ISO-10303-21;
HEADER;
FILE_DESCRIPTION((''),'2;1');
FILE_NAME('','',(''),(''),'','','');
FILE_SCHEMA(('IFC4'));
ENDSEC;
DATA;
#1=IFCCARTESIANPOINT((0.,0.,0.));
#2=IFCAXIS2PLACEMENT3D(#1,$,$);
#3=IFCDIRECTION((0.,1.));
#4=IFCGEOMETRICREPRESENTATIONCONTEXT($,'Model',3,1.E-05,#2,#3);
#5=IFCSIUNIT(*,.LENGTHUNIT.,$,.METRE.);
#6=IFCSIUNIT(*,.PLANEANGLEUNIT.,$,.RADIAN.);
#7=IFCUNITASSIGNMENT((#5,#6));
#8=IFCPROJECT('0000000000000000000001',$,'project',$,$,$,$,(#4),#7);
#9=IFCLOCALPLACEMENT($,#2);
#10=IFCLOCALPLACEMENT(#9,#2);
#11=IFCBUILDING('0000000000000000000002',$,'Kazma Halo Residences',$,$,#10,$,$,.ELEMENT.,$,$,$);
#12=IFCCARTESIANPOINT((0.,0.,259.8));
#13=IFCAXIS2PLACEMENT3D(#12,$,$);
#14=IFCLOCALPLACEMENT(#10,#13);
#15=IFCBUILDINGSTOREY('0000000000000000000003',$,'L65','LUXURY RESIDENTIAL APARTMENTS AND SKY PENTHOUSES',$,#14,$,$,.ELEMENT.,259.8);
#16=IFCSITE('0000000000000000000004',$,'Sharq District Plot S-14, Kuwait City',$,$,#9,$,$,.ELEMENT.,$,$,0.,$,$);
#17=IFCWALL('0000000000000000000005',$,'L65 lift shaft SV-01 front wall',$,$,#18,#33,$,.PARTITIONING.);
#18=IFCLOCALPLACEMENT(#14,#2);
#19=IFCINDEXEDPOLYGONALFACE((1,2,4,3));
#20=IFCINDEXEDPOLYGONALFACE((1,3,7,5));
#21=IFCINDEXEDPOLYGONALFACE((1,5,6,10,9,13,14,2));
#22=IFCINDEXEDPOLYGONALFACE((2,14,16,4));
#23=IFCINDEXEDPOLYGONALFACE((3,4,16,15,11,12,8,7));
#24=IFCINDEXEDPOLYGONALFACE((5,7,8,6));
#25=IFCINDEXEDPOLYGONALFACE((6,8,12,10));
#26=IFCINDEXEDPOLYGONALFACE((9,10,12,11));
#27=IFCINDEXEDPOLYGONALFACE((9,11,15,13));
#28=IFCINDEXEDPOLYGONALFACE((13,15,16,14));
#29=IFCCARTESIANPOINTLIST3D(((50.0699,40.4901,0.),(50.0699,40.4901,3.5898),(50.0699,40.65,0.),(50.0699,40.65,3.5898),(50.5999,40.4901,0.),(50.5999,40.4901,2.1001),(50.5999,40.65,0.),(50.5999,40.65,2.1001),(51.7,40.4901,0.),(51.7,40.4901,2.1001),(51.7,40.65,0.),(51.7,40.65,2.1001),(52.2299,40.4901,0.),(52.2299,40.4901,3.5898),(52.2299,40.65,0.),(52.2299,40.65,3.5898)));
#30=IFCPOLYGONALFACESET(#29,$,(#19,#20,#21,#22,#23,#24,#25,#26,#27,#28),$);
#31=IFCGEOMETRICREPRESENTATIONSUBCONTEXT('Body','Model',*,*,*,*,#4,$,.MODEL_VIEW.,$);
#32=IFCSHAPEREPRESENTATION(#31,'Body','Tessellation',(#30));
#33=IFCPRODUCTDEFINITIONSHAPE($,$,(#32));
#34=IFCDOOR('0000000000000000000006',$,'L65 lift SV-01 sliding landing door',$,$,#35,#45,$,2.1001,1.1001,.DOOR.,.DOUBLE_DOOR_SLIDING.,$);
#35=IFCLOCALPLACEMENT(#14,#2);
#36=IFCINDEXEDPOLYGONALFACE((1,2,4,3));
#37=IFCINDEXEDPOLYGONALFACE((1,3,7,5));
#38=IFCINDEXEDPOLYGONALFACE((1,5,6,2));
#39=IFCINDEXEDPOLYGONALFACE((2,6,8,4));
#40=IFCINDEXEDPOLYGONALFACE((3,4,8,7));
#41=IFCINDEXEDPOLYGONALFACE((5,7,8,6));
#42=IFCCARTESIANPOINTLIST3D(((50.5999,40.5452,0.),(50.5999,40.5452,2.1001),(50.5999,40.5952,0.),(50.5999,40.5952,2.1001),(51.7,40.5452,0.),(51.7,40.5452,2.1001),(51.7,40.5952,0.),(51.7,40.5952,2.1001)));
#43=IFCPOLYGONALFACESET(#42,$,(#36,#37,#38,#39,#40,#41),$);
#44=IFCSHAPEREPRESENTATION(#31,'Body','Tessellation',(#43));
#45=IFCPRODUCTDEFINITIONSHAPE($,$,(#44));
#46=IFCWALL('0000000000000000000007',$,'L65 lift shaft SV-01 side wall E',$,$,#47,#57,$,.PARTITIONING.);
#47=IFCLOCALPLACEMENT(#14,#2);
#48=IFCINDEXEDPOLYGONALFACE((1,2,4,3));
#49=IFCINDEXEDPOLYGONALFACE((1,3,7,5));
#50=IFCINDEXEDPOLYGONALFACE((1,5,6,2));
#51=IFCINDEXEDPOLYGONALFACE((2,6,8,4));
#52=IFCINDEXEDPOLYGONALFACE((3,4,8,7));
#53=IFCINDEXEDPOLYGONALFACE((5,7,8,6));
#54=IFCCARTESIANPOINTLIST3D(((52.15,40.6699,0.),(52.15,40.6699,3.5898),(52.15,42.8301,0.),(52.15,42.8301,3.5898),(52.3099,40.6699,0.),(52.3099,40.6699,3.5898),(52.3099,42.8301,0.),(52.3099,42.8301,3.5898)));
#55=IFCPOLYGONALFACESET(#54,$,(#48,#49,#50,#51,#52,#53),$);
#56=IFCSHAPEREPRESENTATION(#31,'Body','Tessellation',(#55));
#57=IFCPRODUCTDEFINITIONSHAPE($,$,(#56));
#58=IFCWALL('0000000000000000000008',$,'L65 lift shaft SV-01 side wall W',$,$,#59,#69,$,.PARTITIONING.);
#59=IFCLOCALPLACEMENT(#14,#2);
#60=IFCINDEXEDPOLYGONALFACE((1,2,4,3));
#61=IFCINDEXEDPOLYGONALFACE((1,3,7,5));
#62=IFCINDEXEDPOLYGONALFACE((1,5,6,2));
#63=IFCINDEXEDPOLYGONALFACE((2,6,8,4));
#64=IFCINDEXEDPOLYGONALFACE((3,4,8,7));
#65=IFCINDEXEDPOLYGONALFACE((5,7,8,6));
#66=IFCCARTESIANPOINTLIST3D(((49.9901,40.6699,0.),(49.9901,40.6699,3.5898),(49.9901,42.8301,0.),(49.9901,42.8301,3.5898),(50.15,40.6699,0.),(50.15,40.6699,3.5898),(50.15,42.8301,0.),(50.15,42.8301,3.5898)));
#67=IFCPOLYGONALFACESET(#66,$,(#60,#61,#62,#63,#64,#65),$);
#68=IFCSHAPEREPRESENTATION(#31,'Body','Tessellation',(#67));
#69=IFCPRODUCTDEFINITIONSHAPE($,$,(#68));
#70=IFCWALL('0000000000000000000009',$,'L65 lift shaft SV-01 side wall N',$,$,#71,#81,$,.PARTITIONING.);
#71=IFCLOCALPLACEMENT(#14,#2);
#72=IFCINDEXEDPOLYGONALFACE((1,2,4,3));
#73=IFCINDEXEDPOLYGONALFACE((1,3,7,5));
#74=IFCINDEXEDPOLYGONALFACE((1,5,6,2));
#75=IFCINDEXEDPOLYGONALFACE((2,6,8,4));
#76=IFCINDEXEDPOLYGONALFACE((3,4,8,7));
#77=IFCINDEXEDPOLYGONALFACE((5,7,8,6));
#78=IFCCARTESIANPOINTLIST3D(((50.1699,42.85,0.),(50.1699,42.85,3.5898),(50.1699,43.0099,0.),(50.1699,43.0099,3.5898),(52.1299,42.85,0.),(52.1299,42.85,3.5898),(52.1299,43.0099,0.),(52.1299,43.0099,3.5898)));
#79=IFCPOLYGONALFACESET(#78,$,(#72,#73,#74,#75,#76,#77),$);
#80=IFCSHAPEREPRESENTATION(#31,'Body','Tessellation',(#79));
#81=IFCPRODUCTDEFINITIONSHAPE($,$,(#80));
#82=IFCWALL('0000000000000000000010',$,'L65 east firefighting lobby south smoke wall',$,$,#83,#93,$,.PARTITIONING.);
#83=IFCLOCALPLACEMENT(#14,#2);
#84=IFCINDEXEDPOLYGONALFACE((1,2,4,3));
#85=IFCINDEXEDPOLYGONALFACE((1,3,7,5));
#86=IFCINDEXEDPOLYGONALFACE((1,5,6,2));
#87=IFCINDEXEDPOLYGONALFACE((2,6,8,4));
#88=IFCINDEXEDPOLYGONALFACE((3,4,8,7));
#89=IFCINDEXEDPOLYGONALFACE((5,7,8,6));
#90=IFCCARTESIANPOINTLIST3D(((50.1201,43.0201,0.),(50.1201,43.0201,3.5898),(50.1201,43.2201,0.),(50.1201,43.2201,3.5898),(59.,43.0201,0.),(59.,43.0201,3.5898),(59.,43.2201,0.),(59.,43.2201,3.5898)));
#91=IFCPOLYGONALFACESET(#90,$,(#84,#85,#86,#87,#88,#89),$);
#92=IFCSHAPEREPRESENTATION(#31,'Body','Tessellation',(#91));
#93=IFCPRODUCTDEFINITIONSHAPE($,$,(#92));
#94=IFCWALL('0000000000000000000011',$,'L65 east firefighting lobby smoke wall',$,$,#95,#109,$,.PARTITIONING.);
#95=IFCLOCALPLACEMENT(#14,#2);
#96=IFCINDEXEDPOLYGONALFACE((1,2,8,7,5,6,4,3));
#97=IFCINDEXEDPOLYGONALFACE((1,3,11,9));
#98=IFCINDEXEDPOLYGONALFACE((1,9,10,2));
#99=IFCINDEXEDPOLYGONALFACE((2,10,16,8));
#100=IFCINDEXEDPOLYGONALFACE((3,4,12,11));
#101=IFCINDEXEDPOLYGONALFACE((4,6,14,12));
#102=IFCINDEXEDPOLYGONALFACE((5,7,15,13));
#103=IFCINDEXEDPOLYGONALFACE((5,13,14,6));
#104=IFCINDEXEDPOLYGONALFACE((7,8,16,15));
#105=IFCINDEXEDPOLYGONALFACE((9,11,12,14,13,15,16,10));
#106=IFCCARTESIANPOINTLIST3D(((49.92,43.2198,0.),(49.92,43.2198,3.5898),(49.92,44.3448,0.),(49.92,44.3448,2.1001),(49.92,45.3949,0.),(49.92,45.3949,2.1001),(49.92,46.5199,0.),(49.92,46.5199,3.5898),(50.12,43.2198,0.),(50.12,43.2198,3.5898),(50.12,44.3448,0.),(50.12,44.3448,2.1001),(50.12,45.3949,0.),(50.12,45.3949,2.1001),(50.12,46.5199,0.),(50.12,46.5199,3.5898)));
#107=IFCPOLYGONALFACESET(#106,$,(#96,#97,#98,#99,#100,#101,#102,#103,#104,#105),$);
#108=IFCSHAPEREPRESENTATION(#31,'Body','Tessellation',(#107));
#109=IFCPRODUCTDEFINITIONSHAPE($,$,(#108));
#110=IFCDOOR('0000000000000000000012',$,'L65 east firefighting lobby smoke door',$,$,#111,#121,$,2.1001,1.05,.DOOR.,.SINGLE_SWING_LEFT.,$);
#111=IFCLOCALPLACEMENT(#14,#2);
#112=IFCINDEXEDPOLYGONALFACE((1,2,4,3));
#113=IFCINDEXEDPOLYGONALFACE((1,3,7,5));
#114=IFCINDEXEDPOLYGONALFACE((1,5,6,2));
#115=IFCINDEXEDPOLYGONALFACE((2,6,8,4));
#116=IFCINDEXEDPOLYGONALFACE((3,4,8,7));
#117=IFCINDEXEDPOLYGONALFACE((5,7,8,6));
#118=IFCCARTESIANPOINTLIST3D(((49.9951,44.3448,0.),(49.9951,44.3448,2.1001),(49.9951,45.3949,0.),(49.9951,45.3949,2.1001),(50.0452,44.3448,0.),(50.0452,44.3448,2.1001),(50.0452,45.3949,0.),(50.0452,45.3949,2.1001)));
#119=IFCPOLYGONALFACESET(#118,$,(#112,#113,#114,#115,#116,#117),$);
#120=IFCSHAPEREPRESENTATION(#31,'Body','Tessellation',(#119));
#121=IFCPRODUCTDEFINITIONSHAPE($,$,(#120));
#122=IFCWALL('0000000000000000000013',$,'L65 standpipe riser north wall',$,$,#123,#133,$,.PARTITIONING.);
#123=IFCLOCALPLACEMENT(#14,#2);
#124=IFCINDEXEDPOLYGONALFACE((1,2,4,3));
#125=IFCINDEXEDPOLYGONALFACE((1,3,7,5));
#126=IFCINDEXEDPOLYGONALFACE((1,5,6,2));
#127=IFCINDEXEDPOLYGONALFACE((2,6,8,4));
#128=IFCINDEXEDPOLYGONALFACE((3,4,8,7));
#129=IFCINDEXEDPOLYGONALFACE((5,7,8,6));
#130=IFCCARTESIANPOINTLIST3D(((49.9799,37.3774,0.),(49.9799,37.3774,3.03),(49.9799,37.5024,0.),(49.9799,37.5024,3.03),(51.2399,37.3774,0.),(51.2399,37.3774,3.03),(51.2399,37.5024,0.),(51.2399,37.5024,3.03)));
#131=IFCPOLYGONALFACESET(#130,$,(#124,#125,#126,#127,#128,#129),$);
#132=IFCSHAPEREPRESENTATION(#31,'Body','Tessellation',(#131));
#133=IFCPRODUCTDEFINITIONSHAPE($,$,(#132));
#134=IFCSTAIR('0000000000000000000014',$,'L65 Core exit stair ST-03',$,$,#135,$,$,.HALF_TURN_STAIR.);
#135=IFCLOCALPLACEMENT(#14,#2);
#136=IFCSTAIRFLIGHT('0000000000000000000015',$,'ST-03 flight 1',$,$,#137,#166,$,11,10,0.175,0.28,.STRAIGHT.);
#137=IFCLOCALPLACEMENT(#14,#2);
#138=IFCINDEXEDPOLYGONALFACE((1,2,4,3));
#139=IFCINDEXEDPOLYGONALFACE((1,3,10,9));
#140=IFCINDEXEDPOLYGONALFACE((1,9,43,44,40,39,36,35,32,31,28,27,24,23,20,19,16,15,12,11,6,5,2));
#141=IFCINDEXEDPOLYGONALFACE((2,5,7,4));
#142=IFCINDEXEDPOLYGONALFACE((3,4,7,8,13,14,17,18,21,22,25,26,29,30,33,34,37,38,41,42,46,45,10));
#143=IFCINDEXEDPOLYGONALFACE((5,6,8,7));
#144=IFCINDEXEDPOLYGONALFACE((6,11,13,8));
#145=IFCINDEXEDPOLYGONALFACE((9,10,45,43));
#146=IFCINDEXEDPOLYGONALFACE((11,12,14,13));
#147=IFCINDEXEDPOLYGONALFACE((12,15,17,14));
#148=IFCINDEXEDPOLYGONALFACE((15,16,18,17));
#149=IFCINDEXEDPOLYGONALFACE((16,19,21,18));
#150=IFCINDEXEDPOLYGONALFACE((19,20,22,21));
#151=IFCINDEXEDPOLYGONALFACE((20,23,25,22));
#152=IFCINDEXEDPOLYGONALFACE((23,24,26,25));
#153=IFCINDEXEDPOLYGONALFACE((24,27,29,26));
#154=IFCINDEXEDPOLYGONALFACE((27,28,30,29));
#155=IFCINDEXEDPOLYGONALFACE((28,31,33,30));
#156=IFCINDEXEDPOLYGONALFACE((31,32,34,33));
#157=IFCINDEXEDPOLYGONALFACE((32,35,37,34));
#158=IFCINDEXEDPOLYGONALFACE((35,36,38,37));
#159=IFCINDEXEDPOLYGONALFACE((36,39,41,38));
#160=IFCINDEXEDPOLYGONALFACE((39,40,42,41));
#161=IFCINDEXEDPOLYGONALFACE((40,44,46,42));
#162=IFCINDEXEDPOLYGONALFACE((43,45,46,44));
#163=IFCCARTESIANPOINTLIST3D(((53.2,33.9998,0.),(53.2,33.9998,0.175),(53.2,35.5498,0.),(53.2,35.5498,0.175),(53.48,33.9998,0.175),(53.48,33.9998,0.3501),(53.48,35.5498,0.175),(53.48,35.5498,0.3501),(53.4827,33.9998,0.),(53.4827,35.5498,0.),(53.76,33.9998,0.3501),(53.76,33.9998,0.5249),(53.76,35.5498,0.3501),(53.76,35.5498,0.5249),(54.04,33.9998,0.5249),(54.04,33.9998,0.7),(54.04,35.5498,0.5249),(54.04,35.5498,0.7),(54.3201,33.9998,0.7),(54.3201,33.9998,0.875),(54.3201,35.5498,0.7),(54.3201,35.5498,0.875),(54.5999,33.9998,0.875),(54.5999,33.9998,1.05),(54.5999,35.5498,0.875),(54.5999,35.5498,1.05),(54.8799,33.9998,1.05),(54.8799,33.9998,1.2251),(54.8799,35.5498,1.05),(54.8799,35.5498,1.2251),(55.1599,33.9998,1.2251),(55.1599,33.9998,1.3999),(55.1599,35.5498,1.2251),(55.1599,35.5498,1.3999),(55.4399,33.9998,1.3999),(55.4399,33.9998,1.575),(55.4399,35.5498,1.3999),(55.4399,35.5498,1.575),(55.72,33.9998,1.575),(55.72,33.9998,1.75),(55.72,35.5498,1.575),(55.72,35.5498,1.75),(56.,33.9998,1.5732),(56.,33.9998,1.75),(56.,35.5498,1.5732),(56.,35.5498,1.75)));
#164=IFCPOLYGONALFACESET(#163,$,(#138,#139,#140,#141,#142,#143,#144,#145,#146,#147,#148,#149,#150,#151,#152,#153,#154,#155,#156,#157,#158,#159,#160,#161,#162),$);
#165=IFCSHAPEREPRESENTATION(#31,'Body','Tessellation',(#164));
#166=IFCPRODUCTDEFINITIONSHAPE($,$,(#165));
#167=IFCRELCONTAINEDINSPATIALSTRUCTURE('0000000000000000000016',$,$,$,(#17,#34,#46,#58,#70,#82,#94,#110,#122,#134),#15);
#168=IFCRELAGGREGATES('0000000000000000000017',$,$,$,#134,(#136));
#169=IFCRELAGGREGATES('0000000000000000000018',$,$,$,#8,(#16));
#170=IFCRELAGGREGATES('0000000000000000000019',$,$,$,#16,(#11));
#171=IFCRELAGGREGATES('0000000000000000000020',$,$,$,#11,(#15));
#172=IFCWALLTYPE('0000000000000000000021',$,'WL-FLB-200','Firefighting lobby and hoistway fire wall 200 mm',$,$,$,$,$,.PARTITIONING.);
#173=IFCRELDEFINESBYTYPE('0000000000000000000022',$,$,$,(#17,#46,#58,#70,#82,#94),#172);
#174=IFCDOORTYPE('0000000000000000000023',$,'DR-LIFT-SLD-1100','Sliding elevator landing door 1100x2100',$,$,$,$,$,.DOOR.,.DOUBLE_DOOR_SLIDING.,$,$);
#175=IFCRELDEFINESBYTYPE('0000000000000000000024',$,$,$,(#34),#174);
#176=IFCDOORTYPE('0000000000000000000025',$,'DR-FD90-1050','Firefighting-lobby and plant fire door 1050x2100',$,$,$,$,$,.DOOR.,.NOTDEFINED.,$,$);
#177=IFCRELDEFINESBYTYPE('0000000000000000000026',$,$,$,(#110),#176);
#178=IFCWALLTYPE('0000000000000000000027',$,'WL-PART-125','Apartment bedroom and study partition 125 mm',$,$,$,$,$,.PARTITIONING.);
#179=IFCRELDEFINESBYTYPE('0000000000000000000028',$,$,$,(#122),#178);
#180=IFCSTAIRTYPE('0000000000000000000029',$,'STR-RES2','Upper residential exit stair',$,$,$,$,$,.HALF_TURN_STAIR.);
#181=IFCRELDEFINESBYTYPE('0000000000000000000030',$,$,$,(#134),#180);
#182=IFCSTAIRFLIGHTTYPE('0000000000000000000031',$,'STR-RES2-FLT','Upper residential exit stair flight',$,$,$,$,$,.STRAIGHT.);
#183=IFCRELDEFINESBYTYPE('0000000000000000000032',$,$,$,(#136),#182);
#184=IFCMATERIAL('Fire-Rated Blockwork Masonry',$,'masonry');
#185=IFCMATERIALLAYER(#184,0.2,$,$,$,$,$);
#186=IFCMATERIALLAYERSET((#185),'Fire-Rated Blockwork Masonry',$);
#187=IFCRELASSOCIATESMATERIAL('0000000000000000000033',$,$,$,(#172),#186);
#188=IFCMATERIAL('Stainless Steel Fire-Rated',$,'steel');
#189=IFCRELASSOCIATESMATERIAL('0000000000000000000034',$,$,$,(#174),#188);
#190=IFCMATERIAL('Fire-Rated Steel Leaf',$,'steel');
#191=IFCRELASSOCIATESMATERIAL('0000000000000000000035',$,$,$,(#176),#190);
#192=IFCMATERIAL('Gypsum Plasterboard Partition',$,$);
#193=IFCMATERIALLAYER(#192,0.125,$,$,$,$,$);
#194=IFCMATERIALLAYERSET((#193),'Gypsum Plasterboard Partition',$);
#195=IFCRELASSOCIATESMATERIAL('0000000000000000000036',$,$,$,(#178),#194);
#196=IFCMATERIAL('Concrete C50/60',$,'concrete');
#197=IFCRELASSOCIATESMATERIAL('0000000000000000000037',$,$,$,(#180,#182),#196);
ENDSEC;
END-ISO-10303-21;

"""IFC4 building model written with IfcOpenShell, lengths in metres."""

from ifc_helpers import new_model, si_unit, direction, frame, frame_2d, origin, place, context, subcontext, project, spatial, polyline, rectangle, outline, extrude, material, layer, layer_set, type_object, element, fill, aggregate, save


model = new_model("IFC4")

# Units and contexts
model_context = context("Model", 3, precision=1e-05, world=origin(), true_north=direction((0.0, 1.0)))
body_context = subcontext(model_context, "Body", "Model", "MODEL_VIEW")
ifc_project = project(units=[si_unit("LENGTHUNIT", "METRE"), si_unit("PLANEANGLEUNIT", "RADIAN")], contexts=[model_context])

# Site, building, storey
site_placement = place(None, origin())
site = spatial("IfcSite", under=ifc_project, at=site_placement, Name="Sharq District Plot S-14, Kuwait City", CompositionType="ELEMENT", RefElevation=0.0)
building_placement = place(site_placement, origin())
building = spatial("IfcBuilding", under=site, at=building_placement, Name="Kazma Halo Residences", CompositionType="ELEMENT")
storey_placement = place(building_placement, frame((0.0, 0.0, 259.8)))
storey = spatial("IfcBuildingStorey", under=building, at=storey_placement, Name="L65", Description="LUXURY RESIDENTIAL APARTMENTS AND SKY PENTHOUSES", CompositionType="ELEMENT", Elevation=259.8)

# Shared definitions
ifc_material_1 = material(Name="Fire-Rated Blockwork Masonry", Category="masonry")
ifc_layer_1 = layer(ifc_material_1, 0.2)
ifc_layer_set_1 = layer_set([ifc_layer_1], Name="Fire-Rated Blockwork Masonry")
wall_type_1 = type_object("IfcWallType", Name="WL-FLB-200", Description="Firefighting lobby and hoistway fire wall 200 mm", PredefinedType="PARTITIONING", material=ifc_layer_set_1)
ifc_material_2 = material(Name="Stainless Steel Fire-Rated", Category="steel")
door_type_1 = type_object("IfcDoorType", Name="DR-LIFT-SLD-1100", Description="Sliding elevator landing door 1100x2100", OperationType="DOUBLE_DOOR_SLIDING", PredefinedType="DOOR", material=ifc_material_2)

# Wall, opening, door
wall_1_placement = place(storey_placement, frame((52.23, 40.5701, 0.0), z_axis=(0.0, 0.0, 1.0), x_axis=(-1.0, 0.0, 0.0)))
wall_1 = element("IfcWall", 1, at=wall_1_placement, inside=storey, type_object=wall_type_1, Name="L65 lift shaft SV-01 front wall", PredefinedType="PARTITIONING", context=body_context, shape_type="SweptSolid", body=[
    extrude(rectangle(XDim=2.1599, YDim=0.1599, at=frame_2d((1.0801, 0.0))), origin(), (0.0, 0.0, 1.0), 3.5898),
])
opening_1_placement = place(wall_1_placement, frame((0.53, 0.0, 0.0)))
opening_1 = element("IfcOpeningElement", 2, at=opening_1_placement, cuts=wall_1, PredefinedType="OPENING", context=body_context, shape_type="SweptSolid", body=[
    extrude(rectangle(XDim=1.1001, YDim=2.1001, at=frame_2d((0.55, 1.05))), frame((0.0, 0.0898, 0.0), z_axis=(0.0, -1.0, 0.0), x_axis=(1.0, 0.0, 0.0)), (0.0, 0.0, 1.0), 0.1799),
])
door_1_placement = place(opening_1_placement, origin())
door_1 = element("IfcDoor", 3, at=door_1_placement, inside=storey, type_object=door_type_1, Name="L65 lift SV-01 sliding landing door", OperationType="DOUBLE_DOOR_SLIDING", OverallHeight=2.1001, OverallWidth=1.1001, PredefinedType="DOOR", context=body_context, shape_type="SweptSolid", body=[
    extrude(rectangle(XDim=1.1001, YDim=2.1001, at=frame_2d((0.55, 1.05))), frame((0.0, 0.0249, 0.0), z_axis=(0.0, -1.0, 0.0), x_axis=(1.0, 0.0, 0.0)), (0.0, 0.0, 1.0), 0.05),
])
fill(opening_1, door_1)

# Walls
for number, where, z_axis, x_axis, name in (
    (4, (52.23, 40.6699, 0.0), (0.0, 0.0, 1.0), (0.0, 1.0, 0.0), "L65 lift shaft SV-01 side wall E"),
    (5, (50.0701, 40.6699, 0.0), (0.0, 0.0, 1.0), (0.0, 1.0, 0.0), "L65 lift shaft SV-01 side wall W"),
):
    element("IfcWall", number, at=place(storey_placement, frame(where, z_axis=z_axis, x_axis=x_axis)), inside=storey, type_object=wall_type_1, Name=name, PredefinedType="PARTITIONING", context=body_context, shape_type="SweptSolid", body=[
        extrude(rectangle(XDim=2.1602, YDim=0.1599, at=frame_2d((1.0801, 0.0))), origin(), (0.0, 0.0, 1.0), 3.5898),
    ])
wall_2_placement = place(storey_placement, frame((50.1699, 42.9299, 0.0), z_axis=(0.0, 0.0, 1.0), x_axis=(1.0, 0.0, 0.0)))
element("IfcWall", 6, at=wall_2_placement, inside=storey, type_object=wall_type_1, Name="L65 lift shaft SV-01 side wall N", PredefinedType="PARTITIONING", context=body_context, shape_type="SweptSolid", body=[
    extrude(rectangle(XDim=1.96, YDim=0.1599, at=frame_2d((0.98, 0.0))), origin(), (0.0, 0.0, 1.0), 3.5898),
])
wall_3_placement = place(storey_placement, frame((50.1201, 43.1201, 0.0), z_axis=(0.0, 0.0, 1.0), x_axis=(1.0, 0.0, 0.0)))
element("IfcWall", 7, at=wall_3_placement, inside=storey, type_object=wall_type_1, Name="L65 east firefighting lobby south smoke wall", PredefinedType="PARTITIONING", context=body_context, shape_type="SweptSolid", body=[
    extrude(rectangle(XDim=8.8799, YDim=0.2, at=frame_2d((4.4399, 0.0))), origin(), (0.0, 0.0, 1.0), 3.5898),
])

# Wall, opening, door
wall_4_placement = place(storey_placement, frame((50.02, 43.22, 0.0), z_axis=(0.0, 0.0, 1.0), x_axis=(0.0, 1.0, 0.0)))
wall_4 = element("IfcWall", 8, at=wall_4_placement, inside=storey, type_object=wall_type_1, Name="L65 east firefighting lobby smoke wall", PredefinedType="PARTITIONING", context=body_context, shape_type="SweptSolid", body=[
    extrude(rectangle(XDim=3.3, YDim=0.2, at=frame_2d((1.6499, 0.0))), origin(), (0.0, 0.0, 1.0), 3.5898),
])
opening_2_placement = place(wall_4_placement, frame((1.125, 0.0, 0.0)))
opening_2 = element("IfcOpeningElement", 9, at=opening_2_placement, cuts=wall_4, PredefinedType="OPENING", context=body_context, shape_type="SweptSolid", body=[
    extrude(rectangle(XDim=1.05, YDim=2.1001, at=frame_2d((0.5249, 1.05))), frame((0.0, 0.1099, 0.0), z_axis=(0.0, -1.0, 0.0), x_axis=(1.0, 0.0, 0.0)), (0.0, 0.0, 1.0), 0.22),
])
ifc_material_3 = material(Name="Fire-Rated Steel Leaf", Category="steel")
door_type_2 = type_object("IfcDoorType", Name="DR-FD90-1050", Description="Firefighting-lobby and plant fire door 1050x2100", OperationType="NOTDEFINED", PredefinedType="DOOR", material=ifc_material_3)
door_2_placement = place(opening_2_placement, origin())
door_2 = element("IfcDoor", 10, at=door_2_placement, inside=storey, type_object=door_type_2, Name="L65 east firefighting lobby smoke door", OperationType="SINGLE_SWING_LEFT", OverallHeight=2.1001, OverallWidth=1.05, PredefinedType="DOOR", context=body_context, shape_type="SweptSolid", body=[
    extrude(rectangle(XDim=1.05, YDim=2.1001, at=frame_2d((0.5249, 1.05))), frame((0.0, 0.0249, 0.0), z_axis=(0.0, -1.0, 0.0), x_axis=(1.0, 0.0, 0.0)), (0.0, 0.0, 1.0), 0.05),
])
fill(opening_2, door_2)

# Wall
ifc_material_4 = material(Name="Gypsum Plasterboard Partition")
ifc_layer_2 = layer(ifc_material_4, 0.125)
ifc_layer_set_2 = layer_set([ifc_layer_2], Name="Gypsum Plasterboard Partition")
wall_type_2 = type_object("IfcWallType", Name="WL-PART-125", Description="Apartment bedroom and study partition 125 mm", PredefinedType="PARTITIONING", material=ifc_layer_set_2)
wall_5_placement = place(storey_placement, frame((49.98, 37.4399, 0.0), z_axis=(0.0, 0.0, 1.0), x_axis=(1.0, 0.0, 0.0)))
element("IfcWall", 11, at=wall_5_placement, inside=storey, type_object=wall_type_2, Name="L65 standpipe riser north wall", PredefinedType="PARTITIONING", context=body_context, shape_type="SweptSolid", body=[
    extrude(rectangle(XDim=1.26, YDim=0.125, at=frame_2d((0.6299, 0.0))), origin(), (0.0, 0.0, 1.0), 3.03),
])

# Shared definitions
ifc_material_5 = material(Name="Concrete C50/60", Category="concrete")

# Stair, stair flight
stair_type = type_object("IfcStairType", Name="STR-RES2", Description="Upper residential exit stair", PredefinedType="HALF_TURN_STAIR", material=ifc_material_5)
stair_placement = place(storey_placement, origin())
stair = element("IfcStair", 12, at=stair_placement, inside=storey, type_object=stair_type, Name="L65 Core exit stair ST-03", PredefinedType="HALF_TURN_STAIR")
stair_flight_type = type_object("IfcStairFlightType", Name="STR-RES2-FLT", Description="Upper residential exit stair flight", PredefinedType="STRAIGHT", material=ifc_material_5)
stair_flight_1_placement = place(storey_placement, frame((53.2, 34.7749, 0.0), z_axis=(0.0, 0.0, 1.0), x_axis=(1.0, 0.0, 0.0)))
stair_flight_1 = element("IfcStairFlight", 13, at=stair_flight_1_placement, type_object=stair_flight_type, Name="ST-03 flight 1", NumberOfRisers=11, NumberOfTreads=10, PredefinedType="STRAIGHT", RiserHeight=0.175, TreadLength=0.28, context=body_context, shape_type="SweptSolid", body=[
    extrude(outline(polyline([(0.0, 0.0), (0.0, 0.175), (0.28, 0.175), (0.28, 0.3501), (0.5601, 0.3501), (0.5601, 0.5249), (0.8401, 0.5249), (0.8401, 0.7), (1.1201, 0.7), (1.1201, 0.875), (1.3999, 0.875), (1.3999, 1.05), (1.6799, 1.05), (1.6799, 1.2251), (1.96, 1.2251), (1.96, 1.3999), (2.24, 1.3999), (2.24, 1.575), (2.52, 1.575), (2.52, 1.75), (2.8, 1.75), (2.8, 1.925), (2.8, 1.5732), (0.2827, 0.0), (0.0, 0.0)])), frame((0.0, 0.7749, 0.0), z_axis=(0.0, -1.0, 0.0), x_axis=(1.0, 0.0, 0.0)), (0.0, 0.0, 1.0), 1.55),
])
aggregate(stair, [stair_flight_1])

save(model, "model.ifc")
